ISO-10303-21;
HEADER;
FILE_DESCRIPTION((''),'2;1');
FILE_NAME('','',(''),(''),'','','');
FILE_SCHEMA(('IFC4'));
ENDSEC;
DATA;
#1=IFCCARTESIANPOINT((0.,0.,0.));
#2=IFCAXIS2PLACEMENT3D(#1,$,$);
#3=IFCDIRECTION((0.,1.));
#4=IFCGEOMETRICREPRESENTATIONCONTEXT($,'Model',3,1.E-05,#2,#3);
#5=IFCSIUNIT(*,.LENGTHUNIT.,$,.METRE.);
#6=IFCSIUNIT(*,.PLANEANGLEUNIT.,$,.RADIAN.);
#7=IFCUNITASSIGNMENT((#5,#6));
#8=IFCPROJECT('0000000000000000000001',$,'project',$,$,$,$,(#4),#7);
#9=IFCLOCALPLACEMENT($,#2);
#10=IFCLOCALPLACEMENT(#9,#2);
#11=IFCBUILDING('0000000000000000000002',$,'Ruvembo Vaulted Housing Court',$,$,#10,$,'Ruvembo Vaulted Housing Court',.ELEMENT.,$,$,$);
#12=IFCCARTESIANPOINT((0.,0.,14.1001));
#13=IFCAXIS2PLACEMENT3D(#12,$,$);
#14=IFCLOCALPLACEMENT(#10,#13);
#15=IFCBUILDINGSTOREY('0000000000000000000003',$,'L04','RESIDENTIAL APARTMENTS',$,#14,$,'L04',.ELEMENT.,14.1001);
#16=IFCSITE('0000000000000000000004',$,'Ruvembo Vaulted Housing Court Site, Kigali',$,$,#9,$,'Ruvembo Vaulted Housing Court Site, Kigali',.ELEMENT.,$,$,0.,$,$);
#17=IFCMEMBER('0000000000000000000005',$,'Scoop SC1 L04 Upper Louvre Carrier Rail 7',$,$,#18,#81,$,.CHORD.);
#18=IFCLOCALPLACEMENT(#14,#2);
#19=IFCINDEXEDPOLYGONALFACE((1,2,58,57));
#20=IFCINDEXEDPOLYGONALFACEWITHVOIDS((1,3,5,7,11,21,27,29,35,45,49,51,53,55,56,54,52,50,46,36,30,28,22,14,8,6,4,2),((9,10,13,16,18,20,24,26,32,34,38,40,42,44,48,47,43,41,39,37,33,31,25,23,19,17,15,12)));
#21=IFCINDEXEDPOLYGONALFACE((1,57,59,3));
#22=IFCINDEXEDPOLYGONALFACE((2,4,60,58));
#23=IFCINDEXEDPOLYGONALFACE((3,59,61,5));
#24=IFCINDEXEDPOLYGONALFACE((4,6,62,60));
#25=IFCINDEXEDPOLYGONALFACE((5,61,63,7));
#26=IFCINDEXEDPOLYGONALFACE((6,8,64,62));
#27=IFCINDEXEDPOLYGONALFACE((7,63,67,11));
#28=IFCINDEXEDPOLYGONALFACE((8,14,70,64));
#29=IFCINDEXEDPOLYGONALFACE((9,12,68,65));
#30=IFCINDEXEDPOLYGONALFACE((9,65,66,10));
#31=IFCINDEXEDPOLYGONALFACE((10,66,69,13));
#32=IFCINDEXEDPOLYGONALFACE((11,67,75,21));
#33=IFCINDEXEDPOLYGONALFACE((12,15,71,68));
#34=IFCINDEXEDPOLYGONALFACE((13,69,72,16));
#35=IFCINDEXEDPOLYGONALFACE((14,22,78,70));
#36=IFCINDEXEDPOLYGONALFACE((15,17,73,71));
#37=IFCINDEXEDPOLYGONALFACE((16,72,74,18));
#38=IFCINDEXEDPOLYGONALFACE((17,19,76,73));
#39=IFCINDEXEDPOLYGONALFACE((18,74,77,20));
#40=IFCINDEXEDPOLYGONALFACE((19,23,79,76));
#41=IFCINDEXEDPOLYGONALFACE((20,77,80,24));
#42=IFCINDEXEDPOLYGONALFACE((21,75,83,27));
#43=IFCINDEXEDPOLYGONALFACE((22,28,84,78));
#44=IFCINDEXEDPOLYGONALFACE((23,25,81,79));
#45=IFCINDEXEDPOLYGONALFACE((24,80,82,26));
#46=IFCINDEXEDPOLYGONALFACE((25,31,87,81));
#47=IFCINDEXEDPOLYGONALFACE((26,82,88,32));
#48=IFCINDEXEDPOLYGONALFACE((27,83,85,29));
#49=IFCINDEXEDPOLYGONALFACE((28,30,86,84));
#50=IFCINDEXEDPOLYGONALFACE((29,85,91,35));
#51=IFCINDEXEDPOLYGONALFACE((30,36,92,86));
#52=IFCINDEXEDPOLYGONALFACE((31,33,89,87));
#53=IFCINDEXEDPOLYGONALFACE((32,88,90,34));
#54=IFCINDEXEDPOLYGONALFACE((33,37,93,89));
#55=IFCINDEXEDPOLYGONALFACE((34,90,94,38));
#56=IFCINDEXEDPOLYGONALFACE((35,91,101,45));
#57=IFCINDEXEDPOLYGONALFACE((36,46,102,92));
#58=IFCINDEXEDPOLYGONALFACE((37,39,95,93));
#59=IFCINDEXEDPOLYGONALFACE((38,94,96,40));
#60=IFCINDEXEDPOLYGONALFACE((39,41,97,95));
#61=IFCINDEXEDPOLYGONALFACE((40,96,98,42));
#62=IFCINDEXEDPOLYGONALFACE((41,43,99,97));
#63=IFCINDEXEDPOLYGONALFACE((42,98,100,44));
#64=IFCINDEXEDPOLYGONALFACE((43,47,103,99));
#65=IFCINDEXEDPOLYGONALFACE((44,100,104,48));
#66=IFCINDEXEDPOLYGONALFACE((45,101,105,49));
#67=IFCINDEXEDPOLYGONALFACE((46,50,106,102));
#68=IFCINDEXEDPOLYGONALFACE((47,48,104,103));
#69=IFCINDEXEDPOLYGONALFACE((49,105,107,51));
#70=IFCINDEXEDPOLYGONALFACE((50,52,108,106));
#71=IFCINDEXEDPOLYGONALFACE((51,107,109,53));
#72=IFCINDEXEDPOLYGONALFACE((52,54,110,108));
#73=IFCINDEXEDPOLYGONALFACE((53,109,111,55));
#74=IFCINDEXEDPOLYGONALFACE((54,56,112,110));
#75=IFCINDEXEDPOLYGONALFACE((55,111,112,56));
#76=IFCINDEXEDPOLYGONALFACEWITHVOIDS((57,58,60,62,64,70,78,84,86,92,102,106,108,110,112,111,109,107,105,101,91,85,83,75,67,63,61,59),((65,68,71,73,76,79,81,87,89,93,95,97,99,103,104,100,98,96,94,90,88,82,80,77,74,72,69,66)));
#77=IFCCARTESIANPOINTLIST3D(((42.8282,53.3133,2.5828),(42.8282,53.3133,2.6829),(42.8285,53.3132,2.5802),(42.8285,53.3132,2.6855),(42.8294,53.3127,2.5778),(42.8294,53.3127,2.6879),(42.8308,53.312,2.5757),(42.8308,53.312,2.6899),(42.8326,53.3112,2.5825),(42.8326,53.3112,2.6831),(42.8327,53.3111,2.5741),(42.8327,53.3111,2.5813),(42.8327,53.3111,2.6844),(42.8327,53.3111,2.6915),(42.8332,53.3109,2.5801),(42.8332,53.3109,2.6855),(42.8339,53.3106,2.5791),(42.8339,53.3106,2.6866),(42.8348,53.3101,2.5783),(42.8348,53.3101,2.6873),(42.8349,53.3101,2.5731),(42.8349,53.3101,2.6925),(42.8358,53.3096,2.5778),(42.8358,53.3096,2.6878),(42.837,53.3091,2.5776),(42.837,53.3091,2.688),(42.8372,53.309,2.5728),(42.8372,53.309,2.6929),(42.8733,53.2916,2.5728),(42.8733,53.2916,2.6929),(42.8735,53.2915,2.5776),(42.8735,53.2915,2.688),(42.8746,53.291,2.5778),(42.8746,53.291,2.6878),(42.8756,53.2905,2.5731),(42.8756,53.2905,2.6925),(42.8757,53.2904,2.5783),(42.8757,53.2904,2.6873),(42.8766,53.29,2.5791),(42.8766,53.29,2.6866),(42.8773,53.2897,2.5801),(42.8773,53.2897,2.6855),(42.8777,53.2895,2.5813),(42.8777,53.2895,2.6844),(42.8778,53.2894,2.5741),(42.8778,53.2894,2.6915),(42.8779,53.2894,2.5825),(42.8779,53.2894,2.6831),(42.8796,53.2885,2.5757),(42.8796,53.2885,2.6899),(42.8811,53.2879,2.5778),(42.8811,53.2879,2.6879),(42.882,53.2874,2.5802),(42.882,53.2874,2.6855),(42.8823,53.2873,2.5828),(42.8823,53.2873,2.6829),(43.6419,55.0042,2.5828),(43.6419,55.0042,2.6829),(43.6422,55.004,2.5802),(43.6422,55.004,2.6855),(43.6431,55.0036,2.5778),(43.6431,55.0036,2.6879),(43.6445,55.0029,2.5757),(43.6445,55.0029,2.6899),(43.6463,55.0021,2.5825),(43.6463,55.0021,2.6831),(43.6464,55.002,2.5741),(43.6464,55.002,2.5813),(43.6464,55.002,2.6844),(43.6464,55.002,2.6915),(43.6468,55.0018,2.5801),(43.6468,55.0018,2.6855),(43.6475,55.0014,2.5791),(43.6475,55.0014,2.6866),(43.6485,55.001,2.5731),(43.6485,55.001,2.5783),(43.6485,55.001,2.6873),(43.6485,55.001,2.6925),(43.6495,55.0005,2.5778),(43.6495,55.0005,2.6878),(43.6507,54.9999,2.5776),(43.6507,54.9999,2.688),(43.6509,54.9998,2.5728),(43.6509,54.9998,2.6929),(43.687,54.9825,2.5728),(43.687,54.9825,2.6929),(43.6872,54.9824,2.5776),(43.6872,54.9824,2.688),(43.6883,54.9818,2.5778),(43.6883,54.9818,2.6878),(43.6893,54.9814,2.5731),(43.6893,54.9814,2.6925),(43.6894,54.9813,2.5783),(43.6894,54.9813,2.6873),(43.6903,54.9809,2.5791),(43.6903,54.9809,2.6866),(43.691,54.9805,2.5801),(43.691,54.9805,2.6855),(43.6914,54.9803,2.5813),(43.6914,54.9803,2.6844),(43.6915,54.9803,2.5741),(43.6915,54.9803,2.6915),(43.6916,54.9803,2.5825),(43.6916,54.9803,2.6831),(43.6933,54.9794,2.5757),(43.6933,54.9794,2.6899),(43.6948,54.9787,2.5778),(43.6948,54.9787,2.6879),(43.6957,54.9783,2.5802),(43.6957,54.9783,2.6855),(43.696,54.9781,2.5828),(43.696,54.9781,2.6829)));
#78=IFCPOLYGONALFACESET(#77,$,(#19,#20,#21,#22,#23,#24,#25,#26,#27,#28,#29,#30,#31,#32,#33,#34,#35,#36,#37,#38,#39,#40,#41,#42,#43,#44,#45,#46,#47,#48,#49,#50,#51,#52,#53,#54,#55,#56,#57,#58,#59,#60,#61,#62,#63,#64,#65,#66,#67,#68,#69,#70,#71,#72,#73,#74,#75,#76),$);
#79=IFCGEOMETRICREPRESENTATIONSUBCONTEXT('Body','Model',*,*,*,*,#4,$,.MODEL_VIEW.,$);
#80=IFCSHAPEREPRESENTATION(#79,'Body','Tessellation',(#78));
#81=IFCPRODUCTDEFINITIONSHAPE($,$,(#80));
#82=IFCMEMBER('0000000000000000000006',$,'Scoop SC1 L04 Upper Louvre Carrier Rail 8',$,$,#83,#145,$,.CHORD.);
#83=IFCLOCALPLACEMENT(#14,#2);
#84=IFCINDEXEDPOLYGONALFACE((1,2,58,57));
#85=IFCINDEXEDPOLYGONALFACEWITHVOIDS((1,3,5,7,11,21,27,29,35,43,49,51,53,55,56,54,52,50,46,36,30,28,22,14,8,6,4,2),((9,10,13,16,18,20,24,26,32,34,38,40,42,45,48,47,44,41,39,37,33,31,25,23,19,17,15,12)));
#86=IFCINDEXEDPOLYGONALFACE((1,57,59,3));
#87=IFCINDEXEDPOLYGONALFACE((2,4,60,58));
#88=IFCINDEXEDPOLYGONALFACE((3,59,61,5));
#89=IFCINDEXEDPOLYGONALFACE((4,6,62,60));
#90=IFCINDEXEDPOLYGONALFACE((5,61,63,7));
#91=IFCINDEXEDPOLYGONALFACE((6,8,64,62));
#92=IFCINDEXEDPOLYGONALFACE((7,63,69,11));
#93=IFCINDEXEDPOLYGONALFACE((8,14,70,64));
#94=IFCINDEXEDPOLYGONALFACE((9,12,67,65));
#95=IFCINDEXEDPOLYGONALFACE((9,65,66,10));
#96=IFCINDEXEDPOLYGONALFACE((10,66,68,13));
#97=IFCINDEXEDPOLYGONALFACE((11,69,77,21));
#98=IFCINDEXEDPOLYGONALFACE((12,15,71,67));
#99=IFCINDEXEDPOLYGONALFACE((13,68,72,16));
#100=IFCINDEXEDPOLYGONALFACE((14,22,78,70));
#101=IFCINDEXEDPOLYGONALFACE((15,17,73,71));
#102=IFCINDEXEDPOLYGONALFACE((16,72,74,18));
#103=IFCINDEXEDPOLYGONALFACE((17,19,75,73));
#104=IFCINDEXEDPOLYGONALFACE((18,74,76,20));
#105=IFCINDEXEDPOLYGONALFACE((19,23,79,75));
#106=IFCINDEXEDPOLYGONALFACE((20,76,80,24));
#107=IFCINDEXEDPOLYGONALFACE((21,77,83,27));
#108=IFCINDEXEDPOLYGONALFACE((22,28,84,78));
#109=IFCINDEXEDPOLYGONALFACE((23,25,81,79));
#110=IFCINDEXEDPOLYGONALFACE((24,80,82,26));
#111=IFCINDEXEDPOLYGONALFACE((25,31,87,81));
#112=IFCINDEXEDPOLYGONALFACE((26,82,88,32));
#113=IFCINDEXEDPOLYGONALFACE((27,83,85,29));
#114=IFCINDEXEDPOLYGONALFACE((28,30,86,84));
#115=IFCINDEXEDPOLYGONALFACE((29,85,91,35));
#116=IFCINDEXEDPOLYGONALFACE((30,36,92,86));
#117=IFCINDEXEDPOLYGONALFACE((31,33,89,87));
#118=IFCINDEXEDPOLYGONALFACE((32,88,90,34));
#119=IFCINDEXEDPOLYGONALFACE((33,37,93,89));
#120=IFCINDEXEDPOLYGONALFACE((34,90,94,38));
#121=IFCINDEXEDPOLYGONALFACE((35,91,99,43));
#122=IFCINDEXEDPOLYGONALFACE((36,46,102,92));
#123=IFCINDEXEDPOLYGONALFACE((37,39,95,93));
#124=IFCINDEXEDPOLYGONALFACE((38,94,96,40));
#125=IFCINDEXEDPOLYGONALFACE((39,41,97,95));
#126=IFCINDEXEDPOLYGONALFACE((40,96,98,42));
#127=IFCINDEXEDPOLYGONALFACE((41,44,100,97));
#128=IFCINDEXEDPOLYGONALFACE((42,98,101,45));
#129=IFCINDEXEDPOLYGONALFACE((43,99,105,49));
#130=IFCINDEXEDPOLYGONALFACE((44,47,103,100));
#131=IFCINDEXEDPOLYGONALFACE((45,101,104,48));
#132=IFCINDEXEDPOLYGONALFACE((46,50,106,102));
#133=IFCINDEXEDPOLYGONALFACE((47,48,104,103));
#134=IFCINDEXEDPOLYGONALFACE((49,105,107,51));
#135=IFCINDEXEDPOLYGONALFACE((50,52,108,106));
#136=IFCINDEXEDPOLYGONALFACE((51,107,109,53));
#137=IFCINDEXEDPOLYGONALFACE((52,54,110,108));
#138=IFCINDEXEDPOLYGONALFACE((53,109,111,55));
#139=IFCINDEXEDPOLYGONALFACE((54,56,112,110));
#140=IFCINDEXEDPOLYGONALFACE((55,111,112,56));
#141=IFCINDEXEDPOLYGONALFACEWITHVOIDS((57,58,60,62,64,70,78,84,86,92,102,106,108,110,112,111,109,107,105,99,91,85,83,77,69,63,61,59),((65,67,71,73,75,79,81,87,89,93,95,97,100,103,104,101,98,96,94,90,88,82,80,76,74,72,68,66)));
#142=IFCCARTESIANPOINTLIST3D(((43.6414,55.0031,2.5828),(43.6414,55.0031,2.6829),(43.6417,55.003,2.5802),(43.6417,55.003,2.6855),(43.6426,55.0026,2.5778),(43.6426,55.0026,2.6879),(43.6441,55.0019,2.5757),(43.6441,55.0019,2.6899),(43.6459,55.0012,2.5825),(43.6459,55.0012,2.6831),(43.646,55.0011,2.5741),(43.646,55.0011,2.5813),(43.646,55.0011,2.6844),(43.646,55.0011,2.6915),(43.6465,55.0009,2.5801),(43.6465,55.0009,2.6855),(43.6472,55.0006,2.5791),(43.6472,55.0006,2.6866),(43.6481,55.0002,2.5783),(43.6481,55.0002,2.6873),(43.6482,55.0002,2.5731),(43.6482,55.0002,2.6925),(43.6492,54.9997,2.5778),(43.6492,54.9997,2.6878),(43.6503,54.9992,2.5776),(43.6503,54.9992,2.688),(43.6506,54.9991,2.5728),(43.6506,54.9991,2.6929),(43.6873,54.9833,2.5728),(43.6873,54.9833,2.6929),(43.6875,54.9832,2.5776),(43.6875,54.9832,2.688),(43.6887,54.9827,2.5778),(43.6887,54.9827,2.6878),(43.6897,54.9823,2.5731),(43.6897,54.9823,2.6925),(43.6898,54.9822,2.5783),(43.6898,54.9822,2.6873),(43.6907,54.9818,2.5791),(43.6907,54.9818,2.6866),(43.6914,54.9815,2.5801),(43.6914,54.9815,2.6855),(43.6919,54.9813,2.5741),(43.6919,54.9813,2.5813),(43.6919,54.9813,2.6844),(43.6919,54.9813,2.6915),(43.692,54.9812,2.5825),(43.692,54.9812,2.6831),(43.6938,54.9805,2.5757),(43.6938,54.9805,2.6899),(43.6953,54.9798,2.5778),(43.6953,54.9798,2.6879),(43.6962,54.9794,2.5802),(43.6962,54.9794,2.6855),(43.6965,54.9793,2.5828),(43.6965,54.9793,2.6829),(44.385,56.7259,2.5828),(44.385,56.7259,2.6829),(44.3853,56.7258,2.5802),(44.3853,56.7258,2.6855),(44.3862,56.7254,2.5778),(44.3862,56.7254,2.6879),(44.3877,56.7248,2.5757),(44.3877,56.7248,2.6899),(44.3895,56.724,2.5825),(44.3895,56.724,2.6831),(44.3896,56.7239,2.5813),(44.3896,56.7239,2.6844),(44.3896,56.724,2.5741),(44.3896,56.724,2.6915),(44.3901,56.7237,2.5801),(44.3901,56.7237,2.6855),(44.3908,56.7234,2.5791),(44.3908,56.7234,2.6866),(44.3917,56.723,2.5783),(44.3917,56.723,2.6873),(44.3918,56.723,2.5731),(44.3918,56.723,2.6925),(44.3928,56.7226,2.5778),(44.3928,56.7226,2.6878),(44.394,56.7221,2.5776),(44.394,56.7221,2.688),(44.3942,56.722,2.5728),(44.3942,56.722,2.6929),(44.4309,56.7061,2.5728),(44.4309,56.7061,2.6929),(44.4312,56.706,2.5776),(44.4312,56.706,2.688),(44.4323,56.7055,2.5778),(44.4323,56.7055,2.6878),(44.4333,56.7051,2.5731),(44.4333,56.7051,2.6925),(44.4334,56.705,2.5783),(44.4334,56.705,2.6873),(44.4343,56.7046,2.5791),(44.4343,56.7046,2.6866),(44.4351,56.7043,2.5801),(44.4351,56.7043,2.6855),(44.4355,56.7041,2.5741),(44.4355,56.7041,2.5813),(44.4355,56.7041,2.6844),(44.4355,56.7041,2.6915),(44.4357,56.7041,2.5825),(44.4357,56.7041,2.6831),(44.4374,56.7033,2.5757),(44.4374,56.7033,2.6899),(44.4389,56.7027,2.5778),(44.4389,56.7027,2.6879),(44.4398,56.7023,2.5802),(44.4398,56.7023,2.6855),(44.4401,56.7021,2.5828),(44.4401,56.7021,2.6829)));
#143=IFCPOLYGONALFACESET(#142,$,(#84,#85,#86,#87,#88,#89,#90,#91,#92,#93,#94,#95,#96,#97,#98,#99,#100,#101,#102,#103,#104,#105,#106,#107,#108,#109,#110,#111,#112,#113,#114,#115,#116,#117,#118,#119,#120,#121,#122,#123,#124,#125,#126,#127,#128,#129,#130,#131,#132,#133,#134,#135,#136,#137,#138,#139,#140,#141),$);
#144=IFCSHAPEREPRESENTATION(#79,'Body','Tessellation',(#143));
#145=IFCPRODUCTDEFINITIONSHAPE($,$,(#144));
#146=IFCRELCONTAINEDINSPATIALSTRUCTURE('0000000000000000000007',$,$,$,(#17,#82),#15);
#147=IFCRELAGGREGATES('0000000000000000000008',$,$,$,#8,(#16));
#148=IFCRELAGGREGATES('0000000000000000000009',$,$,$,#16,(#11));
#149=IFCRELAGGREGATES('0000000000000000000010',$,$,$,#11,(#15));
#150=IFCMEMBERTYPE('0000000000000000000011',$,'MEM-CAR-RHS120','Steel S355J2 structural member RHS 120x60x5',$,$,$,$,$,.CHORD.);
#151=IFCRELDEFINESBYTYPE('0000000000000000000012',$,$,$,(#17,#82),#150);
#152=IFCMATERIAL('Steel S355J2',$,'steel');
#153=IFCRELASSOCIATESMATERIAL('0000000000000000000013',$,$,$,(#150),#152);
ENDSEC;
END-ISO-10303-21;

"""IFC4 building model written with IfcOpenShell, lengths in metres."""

from ifc_helpers import new_model, si_unit, direction, frame, origin, origin_2d, place, context, subcontext, project, spatial, hollow_rectangle, extrude, material, material_profile, profile_set, type_object, element, save


model = new_model("IFC4")

# Units and contexts
model_context = context("Model", 3, precision=1e-05, world=origin(), true_north=direction((0.0, 1.0)))
body_context = subcontext(model_context, "Body", "Model", "MODEL_VIEW")
ifc_project = project(units=[si_unit("LENGTHUNIT", "METRE"), si_unit("PLANEANGLEUNIT", "RADIAN")], contexts=[model_context])

# Site, building, storey
site_placement = place(None, origin())
site = spatial("IfcSite", under=ifc_project, at=site_placement, Name="Ruvembo Vaulted Housing Court Site, Kigali", LongName="Ruvembo Vaulted Housing Court Site, Kigali", CompositionType="ELEMENT", RefElevation=0.0)
building_placement = place(site_placement, origin())
building = spatial("IfcBuilding", under=site, at=building_placement, Name="Ruvembo Vaulted Housing Court", LongName="Ruvembo Vaulted Housing Court", CompositionType="ELEMENT")
storey_placement = place(building_placement, frame((0.0, 0.0, 14.1001)))
storey = spatial("IfcBuildingStorey", under=building, at=storey_placement, Name="L04", Description="RESIDENTIAL APARTMENTS", LongName="L04", CompositionType="ELEMENT", Elevation=14.1001)

# Shared definitions
ifc_material_1 = material(Name="Steel S355J2", Category="steel")

# Members
ifc_material_profile_1 = material_profile(ifc_material_1, hollow_rectangle(XDim=0.0601, YDim=0.1201, WallThickness=0.0049, InnerFilletRadius=0.0049, OuterFilletRadius=0.01, at=origin_2d()), Name="RHS 120x60x5")
ifc_profile_set_1 = profile_set([ifc_material_profile_1], Name="Steel S355J2")
member_type_1 = type_object("IfcMemberType", Name="MEM-CAR-RHS120", Description="Steel S355J2 structural member RHS 120x60x5", PredefinedType="CHORD", material=ifc_profile_set_1)
for number, where, z_axis, x_axis, name in (
    (1, (42.8552, 53.3003, 2.6328), (0.433632, 0.90109, 0.0), (-0.90109, 0.433632, 0.0), "Scoop SC1 L04 Upper Louvre Carrier Rail 7"),
    (2, (43.6689, 54.9912, 2.6328), (0.396289, 0.918126, 0.0), (-0.918126, 0.396289, 0.0), "Scoop SC1 L04 Upper Louvre Carrier Rail 8"),
):
    element("IfcMember", number, at=place(storey_placement, frame(where, z_axis=z_axis, x_axis=x_axis)), inside=storey, type_object=member_type_1, Name=name, PredefinedType="CHORD", context=body_context, shape_type="SweptSolid", body=[
        extrude(hollow_rectangle(XDim=0.0601, YDim=0.1201, WallThickness=0.0049, InnerFilletRadius=0.0049, OuterFilletRadius=0.01, at=origin_2d()), origin(), (0.0, 0.0, 1.0), 1.8765),
    ])

save(model, "model.ifc")
